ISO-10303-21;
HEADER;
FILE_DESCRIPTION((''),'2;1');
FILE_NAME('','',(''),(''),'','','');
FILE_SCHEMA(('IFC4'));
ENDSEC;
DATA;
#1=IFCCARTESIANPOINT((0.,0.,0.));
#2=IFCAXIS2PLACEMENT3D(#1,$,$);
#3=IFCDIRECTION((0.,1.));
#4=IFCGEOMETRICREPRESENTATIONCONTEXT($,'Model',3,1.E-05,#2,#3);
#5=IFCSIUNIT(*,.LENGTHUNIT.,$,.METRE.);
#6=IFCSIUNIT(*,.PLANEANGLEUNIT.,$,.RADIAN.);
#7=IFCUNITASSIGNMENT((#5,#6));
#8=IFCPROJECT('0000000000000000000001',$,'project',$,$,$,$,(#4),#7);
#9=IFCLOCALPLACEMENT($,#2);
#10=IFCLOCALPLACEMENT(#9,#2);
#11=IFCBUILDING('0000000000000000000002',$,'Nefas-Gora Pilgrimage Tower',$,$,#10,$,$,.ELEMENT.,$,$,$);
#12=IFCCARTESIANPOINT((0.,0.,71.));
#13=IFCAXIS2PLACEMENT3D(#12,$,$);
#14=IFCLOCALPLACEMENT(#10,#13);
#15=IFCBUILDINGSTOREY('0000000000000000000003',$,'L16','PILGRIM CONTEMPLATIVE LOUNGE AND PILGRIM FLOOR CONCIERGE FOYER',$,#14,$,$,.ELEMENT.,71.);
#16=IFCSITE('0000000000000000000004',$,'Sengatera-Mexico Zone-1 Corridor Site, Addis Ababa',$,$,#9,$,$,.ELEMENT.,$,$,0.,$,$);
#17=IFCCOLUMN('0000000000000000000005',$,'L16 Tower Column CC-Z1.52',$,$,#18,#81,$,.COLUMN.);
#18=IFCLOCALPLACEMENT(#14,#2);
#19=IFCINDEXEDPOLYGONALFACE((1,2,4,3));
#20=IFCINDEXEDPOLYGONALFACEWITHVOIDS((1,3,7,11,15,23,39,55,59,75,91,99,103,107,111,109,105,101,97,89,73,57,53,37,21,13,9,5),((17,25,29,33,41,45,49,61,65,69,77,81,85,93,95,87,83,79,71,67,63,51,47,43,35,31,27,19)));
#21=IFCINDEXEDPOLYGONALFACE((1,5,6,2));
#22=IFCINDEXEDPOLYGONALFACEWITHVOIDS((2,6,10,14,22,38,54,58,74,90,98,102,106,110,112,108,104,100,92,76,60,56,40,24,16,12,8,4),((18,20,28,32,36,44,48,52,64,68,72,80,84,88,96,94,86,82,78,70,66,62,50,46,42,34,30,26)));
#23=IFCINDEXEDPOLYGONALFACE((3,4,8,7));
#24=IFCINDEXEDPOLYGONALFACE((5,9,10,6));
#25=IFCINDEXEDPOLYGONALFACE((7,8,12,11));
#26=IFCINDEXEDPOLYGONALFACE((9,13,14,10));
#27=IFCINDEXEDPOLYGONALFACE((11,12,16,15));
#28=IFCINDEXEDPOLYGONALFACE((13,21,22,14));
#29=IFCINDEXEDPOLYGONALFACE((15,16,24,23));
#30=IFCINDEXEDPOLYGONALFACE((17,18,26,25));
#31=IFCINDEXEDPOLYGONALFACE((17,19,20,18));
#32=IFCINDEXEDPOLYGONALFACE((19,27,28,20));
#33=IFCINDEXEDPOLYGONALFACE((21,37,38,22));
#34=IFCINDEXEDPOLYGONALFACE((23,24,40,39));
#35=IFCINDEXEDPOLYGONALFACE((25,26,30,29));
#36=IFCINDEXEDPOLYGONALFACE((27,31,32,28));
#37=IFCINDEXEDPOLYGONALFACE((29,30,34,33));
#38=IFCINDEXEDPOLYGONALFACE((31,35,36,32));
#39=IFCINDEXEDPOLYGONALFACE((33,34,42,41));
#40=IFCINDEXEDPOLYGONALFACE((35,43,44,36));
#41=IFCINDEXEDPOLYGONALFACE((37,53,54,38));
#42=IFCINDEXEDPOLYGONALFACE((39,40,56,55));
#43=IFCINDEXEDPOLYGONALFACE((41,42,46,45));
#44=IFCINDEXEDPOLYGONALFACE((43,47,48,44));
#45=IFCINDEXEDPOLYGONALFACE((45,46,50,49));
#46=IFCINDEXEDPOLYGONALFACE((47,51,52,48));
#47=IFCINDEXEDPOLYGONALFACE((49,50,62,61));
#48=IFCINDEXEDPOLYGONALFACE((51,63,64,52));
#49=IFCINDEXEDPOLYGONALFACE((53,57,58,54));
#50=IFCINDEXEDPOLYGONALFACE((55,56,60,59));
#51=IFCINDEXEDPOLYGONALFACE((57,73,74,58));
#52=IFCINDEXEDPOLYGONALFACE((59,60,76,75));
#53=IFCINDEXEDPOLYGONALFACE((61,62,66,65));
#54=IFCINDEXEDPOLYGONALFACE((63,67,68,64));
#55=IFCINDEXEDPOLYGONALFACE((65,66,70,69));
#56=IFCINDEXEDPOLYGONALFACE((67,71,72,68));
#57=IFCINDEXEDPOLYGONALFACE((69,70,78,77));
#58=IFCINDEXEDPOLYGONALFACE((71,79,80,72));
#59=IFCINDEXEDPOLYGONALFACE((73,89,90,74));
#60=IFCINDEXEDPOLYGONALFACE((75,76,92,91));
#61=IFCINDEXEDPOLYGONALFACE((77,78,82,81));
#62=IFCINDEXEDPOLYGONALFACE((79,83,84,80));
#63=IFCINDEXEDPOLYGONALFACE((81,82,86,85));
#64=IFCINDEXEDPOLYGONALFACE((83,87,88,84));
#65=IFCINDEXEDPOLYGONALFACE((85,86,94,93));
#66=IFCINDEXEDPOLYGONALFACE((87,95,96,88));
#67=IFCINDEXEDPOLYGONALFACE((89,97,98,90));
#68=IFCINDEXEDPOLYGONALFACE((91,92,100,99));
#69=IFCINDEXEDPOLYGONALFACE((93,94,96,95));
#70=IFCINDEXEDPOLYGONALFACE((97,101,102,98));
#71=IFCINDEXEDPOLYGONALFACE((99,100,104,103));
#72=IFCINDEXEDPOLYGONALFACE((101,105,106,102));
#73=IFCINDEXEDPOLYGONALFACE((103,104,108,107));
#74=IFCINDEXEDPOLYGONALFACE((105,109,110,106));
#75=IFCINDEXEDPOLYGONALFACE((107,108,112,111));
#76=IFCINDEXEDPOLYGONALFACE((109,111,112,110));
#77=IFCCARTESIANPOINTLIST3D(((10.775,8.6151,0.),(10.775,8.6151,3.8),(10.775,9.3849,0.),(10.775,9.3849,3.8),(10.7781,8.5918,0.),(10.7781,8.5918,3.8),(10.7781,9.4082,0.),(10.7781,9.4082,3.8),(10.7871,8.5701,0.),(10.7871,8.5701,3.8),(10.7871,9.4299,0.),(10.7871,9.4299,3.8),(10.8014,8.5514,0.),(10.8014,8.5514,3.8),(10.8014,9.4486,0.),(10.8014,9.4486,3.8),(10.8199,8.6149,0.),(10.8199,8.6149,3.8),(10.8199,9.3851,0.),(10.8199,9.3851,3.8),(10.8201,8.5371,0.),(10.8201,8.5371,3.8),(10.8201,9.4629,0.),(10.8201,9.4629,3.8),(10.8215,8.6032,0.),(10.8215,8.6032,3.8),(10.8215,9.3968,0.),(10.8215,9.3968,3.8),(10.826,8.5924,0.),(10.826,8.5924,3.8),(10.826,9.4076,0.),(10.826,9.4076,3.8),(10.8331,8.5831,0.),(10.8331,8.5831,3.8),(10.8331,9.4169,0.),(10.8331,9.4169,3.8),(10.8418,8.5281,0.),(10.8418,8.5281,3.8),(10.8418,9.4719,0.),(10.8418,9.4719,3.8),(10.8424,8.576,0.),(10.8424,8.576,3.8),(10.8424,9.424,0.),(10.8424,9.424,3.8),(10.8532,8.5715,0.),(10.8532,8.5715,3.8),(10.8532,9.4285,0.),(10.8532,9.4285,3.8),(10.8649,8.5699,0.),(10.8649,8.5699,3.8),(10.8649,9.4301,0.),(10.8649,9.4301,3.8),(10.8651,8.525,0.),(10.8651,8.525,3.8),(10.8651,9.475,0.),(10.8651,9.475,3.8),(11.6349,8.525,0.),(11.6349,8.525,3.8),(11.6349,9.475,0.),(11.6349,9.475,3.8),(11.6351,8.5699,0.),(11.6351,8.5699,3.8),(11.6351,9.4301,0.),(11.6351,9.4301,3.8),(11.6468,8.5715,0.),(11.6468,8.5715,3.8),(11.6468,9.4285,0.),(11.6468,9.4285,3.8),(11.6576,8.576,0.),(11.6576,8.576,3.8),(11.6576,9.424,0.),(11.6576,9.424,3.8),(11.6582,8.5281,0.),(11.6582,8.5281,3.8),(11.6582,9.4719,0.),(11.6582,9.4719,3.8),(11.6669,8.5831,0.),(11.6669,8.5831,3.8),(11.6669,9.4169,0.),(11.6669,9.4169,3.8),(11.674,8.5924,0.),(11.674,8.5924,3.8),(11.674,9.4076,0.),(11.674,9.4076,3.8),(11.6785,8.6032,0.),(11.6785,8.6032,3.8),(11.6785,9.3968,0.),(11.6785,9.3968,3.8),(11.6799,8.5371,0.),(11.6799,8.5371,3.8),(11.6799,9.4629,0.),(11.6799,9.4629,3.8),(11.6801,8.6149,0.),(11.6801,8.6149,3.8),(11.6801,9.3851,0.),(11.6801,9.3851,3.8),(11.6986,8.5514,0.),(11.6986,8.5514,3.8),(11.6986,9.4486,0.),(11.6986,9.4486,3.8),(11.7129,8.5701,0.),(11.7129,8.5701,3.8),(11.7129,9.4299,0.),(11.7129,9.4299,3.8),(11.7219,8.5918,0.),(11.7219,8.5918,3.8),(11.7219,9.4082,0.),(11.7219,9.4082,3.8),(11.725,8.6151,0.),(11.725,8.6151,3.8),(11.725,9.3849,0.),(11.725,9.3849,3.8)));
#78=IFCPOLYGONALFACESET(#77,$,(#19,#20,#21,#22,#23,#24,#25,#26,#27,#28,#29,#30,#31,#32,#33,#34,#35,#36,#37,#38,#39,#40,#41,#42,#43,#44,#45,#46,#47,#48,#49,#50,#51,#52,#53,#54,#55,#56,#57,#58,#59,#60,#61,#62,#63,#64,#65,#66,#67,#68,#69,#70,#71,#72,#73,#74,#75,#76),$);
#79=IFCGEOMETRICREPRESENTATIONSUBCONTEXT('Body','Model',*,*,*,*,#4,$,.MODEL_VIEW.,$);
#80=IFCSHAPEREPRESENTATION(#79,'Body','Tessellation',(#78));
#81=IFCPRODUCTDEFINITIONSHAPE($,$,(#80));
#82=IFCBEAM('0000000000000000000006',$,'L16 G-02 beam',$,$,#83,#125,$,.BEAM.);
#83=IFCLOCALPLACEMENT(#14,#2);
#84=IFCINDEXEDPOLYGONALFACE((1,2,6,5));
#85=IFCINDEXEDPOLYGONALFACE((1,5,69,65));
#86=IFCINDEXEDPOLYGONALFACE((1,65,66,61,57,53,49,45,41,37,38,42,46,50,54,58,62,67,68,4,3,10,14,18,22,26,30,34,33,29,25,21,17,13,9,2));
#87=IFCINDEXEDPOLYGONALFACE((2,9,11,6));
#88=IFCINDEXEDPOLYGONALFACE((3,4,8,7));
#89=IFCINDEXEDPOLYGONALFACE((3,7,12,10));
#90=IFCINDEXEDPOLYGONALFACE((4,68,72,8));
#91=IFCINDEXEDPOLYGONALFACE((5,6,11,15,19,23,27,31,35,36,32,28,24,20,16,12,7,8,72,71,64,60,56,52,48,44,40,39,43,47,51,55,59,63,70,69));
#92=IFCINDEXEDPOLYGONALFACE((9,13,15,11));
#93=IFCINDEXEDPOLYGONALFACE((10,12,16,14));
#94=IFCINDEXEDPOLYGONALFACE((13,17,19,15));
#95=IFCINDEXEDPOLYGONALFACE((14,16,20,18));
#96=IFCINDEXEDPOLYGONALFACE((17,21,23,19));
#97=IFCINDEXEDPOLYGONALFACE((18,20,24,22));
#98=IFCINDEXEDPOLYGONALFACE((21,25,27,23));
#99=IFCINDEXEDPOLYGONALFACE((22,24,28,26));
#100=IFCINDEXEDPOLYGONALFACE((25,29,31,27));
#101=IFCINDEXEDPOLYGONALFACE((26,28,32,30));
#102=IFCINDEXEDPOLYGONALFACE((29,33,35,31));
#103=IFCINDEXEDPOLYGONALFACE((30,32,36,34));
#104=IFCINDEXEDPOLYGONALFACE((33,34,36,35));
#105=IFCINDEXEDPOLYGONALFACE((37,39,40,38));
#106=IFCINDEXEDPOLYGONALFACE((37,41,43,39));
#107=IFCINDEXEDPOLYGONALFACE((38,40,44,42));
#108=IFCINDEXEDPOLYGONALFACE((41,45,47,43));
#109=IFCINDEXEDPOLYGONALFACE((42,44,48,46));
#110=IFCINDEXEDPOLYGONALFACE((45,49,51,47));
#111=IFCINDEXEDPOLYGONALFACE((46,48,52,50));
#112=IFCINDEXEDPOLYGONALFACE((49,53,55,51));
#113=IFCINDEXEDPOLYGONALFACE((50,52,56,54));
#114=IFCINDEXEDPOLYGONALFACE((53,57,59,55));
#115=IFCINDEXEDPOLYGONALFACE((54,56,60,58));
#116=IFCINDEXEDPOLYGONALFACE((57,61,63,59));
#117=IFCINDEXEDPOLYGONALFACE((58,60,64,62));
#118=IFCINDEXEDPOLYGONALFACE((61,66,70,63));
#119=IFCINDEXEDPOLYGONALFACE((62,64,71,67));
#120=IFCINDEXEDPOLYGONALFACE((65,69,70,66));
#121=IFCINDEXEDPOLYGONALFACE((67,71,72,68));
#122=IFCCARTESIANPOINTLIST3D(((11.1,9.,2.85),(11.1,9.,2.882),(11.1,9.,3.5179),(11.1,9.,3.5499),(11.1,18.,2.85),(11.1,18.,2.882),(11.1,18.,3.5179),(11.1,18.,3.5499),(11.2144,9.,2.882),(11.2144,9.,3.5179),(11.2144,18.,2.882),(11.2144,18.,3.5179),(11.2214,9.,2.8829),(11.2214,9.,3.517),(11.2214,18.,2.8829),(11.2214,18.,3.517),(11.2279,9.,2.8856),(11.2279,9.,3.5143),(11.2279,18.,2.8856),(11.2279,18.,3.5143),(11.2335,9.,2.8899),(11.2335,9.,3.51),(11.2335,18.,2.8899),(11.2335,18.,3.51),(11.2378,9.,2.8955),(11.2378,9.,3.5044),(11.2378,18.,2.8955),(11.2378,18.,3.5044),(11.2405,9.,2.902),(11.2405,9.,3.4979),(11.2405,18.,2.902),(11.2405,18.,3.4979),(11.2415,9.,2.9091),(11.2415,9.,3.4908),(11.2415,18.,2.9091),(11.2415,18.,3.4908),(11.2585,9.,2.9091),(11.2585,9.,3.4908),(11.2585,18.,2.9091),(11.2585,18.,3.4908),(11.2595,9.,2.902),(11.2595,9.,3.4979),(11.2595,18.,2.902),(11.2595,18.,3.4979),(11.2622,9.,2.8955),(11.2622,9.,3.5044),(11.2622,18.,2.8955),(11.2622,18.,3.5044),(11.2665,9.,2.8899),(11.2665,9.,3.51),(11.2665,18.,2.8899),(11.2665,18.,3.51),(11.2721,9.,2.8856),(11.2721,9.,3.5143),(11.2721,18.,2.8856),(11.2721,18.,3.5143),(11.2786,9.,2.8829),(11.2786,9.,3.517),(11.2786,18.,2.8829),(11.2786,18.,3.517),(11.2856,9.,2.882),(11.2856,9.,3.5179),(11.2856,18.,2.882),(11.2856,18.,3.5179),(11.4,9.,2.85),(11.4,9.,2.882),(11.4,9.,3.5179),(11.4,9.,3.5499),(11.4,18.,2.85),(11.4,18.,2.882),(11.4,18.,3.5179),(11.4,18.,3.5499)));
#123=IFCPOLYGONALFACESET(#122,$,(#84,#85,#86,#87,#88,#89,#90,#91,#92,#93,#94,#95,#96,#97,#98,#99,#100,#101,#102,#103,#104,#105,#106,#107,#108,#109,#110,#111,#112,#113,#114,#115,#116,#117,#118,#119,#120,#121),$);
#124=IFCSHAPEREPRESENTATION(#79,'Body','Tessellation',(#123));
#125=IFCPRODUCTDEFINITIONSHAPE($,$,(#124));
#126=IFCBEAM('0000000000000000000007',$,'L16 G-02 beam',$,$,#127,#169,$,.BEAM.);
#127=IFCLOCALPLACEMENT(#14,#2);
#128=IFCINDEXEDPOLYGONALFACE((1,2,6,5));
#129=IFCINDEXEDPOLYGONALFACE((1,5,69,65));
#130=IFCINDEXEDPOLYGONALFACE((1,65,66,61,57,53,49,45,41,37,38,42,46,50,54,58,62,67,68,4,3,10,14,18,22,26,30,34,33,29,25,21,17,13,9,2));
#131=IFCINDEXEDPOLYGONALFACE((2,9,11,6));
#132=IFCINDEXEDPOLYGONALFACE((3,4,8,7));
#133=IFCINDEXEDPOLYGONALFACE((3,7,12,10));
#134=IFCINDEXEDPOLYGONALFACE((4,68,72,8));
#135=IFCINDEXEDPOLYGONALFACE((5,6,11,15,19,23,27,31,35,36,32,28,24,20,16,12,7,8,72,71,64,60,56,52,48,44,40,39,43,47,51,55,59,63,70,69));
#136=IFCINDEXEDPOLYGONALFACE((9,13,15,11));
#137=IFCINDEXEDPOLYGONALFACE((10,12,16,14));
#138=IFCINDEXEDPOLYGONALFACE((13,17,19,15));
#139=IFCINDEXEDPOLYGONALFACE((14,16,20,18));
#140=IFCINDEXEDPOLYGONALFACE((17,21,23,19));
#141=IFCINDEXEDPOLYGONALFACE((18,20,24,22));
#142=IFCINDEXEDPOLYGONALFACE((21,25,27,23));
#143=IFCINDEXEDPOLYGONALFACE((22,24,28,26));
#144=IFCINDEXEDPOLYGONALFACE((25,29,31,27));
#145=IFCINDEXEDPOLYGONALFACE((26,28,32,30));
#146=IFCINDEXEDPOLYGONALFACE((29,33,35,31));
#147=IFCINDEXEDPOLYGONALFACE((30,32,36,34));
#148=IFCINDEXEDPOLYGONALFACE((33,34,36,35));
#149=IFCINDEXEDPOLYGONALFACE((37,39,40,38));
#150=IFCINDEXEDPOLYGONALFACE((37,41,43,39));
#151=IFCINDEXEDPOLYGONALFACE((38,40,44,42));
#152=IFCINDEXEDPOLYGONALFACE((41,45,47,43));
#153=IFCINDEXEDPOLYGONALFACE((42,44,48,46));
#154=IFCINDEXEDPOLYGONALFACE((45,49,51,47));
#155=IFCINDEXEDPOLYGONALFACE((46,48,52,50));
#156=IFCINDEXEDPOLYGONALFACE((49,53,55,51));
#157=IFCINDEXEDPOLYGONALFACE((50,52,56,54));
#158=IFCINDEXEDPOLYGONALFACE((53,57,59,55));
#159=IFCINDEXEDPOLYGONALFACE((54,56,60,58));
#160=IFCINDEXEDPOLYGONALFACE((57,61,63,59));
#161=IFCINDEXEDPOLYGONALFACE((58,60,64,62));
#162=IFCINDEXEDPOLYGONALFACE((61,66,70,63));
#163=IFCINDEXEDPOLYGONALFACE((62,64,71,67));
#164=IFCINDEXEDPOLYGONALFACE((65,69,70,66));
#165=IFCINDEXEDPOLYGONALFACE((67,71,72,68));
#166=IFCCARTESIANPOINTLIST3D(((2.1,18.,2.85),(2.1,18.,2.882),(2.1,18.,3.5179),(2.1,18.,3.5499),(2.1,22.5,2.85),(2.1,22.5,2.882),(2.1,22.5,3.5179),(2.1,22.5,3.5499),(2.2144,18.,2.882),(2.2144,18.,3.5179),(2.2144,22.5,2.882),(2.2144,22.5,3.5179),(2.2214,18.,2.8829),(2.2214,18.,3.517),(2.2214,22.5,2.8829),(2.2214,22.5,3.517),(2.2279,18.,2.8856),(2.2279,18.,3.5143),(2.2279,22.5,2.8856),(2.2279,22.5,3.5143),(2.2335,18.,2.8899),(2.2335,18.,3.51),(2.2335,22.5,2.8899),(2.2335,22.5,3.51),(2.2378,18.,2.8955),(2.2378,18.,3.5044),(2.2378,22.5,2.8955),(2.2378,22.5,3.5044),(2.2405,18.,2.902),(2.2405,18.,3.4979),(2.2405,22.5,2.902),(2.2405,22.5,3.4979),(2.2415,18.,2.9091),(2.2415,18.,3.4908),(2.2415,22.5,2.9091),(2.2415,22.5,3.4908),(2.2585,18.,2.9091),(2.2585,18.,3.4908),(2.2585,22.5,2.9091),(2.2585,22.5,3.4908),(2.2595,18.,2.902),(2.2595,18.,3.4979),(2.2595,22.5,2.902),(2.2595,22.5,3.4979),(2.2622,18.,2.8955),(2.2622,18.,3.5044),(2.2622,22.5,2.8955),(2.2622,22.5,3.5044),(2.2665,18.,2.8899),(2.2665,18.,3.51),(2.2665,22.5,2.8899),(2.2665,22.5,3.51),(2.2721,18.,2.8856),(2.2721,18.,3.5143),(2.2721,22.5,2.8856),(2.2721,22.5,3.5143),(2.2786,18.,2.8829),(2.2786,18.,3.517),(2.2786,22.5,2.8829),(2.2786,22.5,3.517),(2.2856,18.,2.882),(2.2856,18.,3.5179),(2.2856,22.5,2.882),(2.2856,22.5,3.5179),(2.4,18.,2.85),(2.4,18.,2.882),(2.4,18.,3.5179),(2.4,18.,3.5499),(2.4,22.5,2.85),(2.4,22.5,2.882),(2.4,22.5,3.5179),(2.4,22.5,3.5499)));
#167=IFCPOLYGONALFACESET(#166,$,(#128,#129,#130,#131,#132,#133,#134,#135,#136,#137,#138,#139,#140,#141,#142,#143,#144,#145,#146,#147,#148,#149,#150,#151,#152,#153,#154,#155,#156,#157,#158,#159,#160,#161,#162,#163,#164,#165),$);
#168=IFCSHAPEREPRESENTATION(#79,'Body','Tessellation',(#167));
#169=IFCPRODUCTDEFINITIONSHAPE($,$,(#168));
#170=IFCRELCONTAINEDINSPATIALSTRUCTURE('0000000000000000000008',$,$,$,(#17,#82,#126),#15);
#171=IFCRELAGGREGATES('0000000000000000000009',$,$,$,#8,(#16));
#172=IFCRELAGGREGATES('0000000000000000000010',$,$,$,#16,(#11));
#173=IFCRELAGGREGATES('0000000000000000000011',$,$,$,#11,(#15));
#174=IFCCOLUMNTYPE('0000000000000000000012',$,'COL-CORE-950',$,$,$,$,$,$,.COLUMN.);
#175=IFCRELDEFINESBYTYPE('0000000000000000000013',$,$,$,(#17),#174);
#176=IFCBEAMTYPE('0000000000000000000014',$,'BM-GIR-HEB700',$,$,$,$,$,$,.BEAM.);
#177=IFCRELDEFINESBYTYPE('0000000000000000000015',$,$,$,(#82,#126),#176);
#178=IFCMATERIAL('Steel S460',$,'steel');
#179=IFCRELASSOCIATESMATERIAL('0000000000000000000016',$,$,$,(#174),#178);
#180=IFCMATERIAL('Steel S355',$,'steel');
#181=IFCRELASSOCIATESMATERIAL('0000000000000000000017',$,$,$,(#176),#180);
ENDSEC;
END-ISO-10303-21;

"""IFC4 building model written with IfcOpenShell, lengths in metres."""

from ifc_helpers import new_model, si_unit, direction, frame, origin, origin_2d, place, context, subcontext, project, spatial, hollow_rectangle, i_section, extrude, source, transform, mapped, material, material_profile, profile_set, type_object, element, save


model = new_model("IFC4")

# Units and contexts
model_context = context("Model", 3, precision=1e-05, world=origin(), true_north=direction((0.0, 1.0)))
body_context = subcontext(model_context, "Body", "Model", "MODEL_VIEW")
ifc_project = project(units=[si_unit("LENGTHUNIT", "METRE"), si_unit("PLANEANGLEUNIT", "RADIAN")], contexts=[model_context])

# Site, building, storey
site_placement = place(None, origin())
site = spatial("IfcSite", under=ifc_project, at=site_placement, Name="Sengatera-Mexico Zone-1 Corridor Site, Addis Ababa", CompositionType="ELEMENT", RefElevation=0.0)
building_placement = place(site_placement, origin())
building = spatial("IfcBuilding", under=site, at=building_placement, Name="Nefas-Gora Pilgrimage Tower", CompositionType="ELEMENT")
storey_placement = place(building_placement, frame((0.0, 0.0, 71.0)))
storey = spatial("IfcBuildingStorey", under=building, at=storey_placement, Name="L16", Description="PILGRIM CONTEMPLATIVE LOUNGE AND PILGRIM FLOOR CONCIERGE FOYER", CompositionType="ELEMENT", Elevation=71.0)

# Column
ifc_material_1 = material(Name="Steel S460", Category="steel")
ifc_material_profile_1 = material_profile(ifc_material_1, hollow_rectangle(XDim=0.95, YDim=0.95, WallThickness=0.0449, InnerFilletRadius=0.0449, OuterFilletRadius=0.0901, at=origin_2d()), Name="BOX 950x950x45")
ifc_profile_set_1 = profile_set([ifc_material_profile_1], Name="Steel S460")
column_type_1 = type_object("IfcColumnType", Name="COL-CORE-950", PredefinedType="COLUMN", material=ifc_profile_set_1)
shared_shape_1 = source(origin(), body_context, "Body", "SweptSolid", [
    extrude(hollow_rectangle(XDim=0.95, YDim=0.95, WallThickness=0.0449, InnerFilletRadius=0.0449, OuterFilletRadius=0.0901, at=origin_2d()), origin(), (0.0, 0.0, 1.0), 3.8),
])
column_placement = place(storey_placement, frame((11.25, 9.0, 0.0), z_axis=(0.0, 0.0, 1.0), x_axis=(1.0, 0.0, 0.0)))
element("IfcColumn", 1, at=column_placement, inside=storey, type_object=column_type_1, Name="L16 Tower Column CC-Z1.52", PredefinedType="COLUMN", context=body_context, shape_type="MappedRepresentation", body=[
    mapped(shared_shape_1, transform((0.0, 0.0, 0.0), x_axis=(1.0, 0.0, 0.0), y_axis=(0.0, 1.0, 0.0), z_axis=(0.0, 0.0, 1.0), scale=1.0)),
])

# Beams
ifc_material_2 = material(Name="Steel S355", Category="steel")
ifc_material_profile_2 = material_profile(ifc_material_2, i_section(OverallWidth=0.3, OverallDepth=0.7, WebThickness=0.0171, FlangeThickness=0.032, FilletRadius=0.0271, at=origin_2d()), Name="HEB 700")
ifc_profile_set_2 = profile_set([ifc_material_profile_2], Name="Steel S355")
beam_type_1 = type_object("IfcBeamType", Name="BM-GIR-HEB700", PredefinedType="BEAM", material=ifc_profile_set_2)
shared_shape_2 = source(origin(), body_context, "Body", "SweptSolid", [
    extrude(i_section(OverallWidth=0.3, OverallDepth=0.7, WebThickness=0.0171, FlangeThickness=0.032, FilletRadius=0.0271, at=origin_2d()), origin(), (0.0, 0.0, 1.0), 9.0),
])
beam_1_placement = place(storey_placement, frame((11.25, 9.0, 3.2), z_axis=(0.0, 1.0, 0.0), x_axis=(-1.0, 0.0, 0.0)))
element("IfcBeam", 2, at=beam_1_placement, inside=storey, type_object=beam_type_1, Name="L16 G-02 beam", PredefinedType="BEAM", context=body_context, shape_type="MappedRepresentation", body=[
    mapped(shared_shape_2, transform((0.0, 0.0, 0.0), x_axis=(1.0, 0.0, 0.0), y_axis=(0.0, 1.0, 0.0), z_axis=(0.0, 0.0, 1.0), scale=1.0)),
])
shared_shape_3 = source(origin(), body_context, "Body", "SweptSolid", [
    extrude(i_section(OverallWidth=0.3, OverallDepth=0.7, WebThickness=0.0171, FlangeThickness=0.032, FilletRadius=0.0271, at=origin_2d()), origin(), (0.0, 0.0, 1.0), 4.5),
])
for number, where, z_axis, x_axis, name in (
    (3, (2.25, 18.0, 3.2), (0.0, 1.0, 0.0), (-1.0, 0.0, 0.0), "L16 G-02 beam"),
):
    element("IfcBeam", number, at=place(storey_placement, frame(where, z_axis=z_axis, x_axis=x_axis)), inside=storey, type_object=beam_type_1, Name=name, PredefinedType="BEAM", context=body_context, shape_type="MappedRepresentation", body=[
        mapped(shared_shape_3, transform((0.0, 0.0, 0.0), x_axis=(1.0, 0.0, 0.0), y_axis=(0.0, 1.0, 0.0), z_axis=(0.0, 0.0, 1.0), scale=1.0)),
    ])

save(model, "model.ifc")
